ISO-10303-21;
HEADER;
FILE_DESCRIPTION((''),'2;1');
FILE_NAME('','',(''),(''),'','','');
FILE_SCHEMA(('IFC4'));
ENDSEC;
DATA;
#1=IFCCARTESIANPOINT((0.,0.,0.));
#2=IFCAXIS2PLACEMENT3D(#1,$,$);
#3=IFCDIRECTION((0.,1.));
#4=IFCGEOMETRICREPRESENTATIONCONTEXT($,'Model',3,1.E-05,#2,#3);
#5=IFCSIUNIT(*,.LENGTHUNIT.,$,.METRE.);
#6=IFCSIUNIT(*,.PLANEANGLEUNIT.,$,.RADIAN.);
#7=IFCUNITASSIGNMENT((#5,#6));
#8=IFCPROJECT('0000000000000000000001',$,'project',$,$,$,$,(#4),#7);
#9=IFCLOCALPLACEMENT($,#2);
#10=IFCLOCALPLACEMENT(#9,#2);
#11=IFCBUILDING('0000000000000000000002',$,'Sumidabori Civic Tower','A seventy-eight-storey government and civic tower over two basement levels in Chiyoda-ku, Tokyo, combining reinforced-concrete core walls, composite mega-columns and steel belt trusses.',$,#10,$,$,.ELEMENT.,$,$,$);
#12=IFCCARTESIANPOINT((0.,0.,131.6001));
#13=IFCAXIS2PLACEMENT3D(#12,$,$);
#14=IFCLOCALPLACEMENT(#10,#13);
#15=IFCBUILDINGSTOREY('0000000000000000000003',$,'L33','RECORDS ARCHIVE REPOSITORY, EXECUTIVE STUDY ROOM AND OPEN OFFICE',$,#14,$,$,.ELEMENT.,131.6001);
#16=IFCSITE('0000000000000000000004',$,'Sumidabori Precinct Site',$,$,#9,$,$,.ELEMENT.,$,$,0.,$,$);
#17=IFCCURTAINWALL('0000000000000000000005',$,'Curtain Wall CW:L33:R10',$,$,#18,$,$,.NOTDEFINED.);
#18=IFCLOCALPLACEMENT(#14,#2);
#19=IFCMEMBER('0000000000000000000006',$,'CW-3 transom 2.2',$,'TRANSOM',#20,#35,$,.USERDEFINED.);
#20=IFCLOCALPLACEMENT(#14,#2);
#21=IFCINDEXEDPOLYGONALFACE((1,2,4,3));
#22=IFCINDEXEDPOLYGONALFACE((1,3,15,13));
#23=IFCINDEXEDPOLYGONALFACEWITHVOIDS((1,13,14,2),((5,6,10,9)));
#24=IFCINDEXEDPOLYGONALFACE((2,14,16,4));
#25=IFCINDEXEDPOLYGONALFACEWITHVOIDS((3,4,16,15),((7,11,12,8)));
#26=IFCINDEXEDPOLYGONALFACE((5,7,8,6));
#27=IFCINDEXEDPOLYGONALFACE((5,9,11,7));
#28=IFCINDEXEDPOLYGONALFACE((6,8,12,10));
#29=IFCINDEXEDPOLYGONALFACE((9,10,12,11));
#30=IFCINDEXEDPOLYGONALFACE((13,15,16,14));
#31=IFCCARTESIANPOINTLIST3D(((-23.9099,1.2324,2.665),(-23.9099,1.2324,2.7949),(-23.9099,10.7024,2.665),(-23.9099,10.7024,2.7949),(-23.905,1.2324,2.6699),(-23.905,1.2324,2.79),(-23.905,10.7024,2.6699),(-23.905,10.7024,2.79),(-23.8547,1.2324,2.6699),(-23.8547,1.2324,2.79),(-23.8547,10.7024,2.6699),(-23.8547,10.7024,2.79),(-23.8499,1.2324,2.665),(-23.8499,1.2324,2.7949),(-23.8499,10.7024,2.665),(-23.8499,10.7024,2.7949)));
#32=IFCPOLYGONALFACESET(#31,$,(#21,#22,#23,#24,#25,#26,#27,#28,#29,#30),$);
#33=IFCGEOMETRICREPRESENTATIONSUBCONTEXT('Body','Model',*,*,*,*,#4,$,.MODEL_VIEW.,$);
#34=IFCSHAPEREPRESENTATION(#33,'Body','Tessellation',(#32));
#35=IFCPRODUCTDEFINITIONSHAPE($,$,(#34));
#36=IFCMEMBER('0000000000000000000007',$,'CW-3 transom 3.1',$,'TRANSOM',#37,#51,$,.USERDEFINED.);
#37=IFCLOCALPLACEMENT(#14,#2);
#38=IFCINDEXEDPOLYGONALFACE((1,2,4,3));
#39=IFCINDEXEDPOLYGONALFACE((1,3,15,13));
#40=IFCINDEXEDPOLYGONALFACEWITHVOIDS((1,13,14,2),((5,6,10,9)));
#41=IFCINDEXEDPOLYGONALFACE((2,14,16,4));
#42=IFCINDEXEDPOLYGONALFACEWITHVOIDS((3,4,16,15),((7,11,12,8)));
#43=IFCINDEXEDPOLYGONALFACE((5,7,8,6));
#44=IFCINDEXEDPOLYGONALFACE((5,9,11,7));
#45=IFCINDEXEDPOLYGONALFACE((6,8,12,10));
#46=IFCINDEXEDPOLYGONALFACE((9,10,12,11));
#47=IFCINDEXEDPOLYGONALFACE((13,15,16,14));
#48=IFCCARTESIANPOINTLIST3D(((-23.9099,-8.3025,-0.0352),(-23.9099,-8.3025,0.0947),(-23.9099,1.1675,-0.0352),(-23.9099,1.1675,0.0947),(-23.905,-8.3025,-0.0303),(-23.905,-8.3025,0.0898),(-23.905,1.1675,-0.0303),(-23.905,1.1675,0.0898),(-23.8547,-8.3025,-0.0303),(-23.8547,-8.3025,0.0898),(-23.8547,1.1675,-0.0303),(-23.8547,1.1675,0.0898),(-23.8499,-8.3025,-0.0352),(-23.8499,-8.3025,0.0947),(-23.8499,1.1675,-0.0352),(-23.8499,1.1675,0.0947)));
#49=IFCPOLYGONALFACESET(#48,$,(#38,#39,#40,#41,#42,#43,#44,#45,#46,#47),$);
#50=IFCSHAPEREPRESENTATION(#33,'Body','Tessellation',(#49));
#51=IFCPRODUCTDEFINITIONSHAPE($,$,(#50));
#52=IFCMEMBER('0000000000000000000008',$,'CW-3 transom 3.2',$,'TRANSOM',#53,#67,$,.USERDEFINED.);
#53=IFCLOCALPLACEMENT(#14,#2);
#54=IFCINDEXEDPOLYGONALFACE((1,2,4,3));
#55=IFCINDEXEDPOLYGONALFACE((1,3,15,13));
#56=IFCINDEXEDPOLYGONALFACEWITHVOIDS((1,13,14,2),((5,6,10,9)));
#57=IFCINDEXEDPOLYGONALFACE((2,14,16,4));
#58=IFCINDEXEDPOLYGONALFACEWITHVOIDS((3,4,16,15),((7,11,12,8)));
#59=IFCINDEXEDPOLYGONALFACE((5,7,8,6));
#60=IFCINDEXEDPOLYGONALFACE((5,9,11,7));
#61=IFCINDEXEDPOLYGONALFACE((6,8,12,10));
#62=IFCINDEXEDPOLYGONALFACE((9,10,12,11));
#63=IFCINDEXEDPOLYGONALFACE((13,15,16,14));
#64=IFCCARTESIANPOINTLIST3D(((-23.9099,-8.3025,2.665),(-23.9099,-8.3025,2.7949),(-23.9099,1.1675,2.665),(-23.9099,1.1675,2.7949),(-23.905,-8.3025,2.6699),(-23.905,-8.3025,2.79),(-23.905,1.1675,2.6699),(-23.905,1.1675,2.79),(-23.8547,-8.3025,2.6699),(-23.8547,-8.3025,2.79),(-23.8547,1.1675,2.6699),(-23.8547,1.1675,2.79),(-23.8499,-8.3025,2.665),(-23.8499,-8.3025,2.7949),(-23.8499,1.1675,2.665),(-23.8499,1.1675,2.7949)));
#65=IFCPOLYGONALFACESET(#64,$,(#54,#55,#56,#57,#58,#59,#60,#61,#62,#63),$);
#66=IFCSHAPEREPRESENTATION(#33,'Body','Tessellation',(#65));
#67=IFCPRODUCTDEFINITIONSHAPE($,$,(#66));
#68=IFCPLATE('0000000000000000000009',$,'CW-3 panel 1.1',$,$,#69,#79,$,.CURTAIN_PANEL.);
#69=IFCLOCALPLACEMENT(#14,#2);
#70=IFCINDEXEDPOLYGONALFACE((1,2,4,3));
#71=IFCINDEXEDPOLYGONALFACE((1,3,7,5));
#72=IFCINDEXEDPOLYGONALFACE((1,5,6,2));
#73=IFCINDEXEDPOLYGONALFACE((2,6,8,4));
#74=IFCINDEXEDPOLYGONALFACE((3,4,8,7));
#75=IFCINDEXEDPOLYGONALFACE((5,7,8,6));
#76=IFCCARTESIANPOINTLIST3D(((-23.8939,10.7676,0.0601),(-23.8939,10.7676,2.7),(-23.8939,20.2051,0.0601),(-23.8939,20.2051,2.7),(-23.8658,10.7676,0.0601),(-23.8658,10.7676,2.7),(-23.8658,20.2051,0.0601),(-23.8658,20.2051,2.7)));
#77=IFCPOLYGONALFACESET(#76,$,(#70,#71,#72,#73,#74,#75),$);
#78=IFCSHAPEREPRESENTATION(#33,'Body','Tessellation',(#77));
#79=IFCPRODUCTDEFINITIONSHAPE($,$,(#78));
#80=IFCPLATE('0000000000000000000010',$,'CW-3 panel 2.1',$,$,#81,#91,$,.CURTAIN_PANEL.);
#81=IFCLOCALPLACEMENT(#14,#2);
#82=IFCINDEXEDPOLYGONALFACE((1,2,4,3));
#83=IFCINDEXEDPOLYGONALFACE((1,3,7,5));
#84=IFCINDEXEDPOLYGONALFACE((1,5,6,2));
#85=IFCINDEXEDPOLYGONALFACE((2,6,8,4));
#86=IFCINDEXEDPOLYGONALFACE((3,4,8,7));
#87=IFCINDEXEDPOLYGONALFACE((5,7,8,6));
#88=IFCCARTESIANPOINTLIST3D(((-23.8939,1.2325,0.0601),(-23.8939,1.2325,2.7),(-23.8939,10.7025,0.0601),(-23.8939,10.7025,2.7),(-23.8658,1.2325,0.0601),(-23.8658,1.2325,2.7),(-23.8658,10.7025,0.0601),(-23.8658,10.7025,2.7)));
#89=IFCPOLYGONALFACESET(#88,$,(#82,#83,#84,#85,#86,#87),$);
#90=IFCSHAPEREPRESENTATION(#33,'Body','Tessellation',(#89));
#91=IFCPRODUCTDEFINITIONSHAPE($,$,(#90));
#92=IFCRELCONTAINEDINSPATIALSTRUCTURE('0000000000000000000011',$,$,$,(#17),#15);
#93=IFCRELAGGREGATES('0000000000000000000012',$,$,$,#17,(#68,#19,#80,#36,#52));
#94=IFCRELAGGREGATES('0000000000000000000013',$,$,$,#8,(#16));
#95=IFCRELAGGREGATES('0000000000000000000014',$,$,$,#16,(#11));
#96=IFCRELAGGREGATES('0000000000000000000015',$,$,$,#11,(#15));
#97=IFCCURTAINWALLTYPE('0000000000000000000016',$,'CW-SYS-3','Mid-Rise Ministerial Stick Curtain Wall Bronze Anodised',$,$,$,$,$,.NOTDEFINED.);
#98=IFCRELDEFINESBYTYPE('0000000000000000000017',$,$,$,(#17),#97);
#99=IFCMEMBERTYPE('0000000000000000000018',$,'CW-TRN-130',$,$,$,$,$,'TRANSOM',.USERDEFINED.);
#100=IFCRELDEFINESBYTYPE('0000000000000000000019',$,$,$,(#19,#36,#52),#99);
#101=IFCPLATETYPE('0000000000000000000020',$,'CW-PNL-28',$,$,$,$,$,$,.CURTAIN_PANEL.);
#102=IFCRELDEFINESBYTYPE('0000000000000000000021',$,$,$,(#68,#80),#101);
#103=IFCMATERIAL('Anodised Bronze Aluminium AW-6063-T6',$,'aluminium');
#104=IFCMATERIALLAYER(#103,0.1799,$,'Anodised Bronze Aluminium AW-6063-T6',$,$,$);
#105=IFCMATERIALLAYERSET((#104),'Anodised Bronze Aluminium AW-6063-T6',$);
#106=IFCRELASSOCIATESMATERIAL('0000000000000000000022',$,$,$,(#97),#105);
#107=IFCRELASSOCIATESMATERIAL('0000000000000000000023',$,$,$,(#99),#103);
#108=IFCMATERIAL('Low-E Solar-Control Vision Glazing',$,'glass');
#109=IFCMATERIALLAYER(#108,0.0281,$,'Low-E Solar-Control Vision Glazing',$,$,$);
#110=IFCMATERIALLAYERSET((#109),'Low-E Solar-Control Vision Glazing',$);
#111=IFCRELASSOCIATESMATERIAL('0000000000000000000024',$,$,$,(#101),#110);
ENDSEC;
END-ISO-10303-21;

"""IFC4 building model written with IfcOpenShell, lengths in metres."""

from ifc_helpers import new_model, si_unit, direction, frame, origin, origin_2d, place, context, subcontext, project, spatial, rectangle, hollow_rectangle, extrude, source, transform, mapped, material, layer, layer_set, material_profile, profile_set, type_object, element, aggregate, save


model = new_model("IFC4")

# Units and contexts
model_context = context("Model", 3, precision=1e-05, world=origin(), true_north=direction((0.0, 1.0)))
body_context = subcontext(model_context, "Body", "Model", "MODEL_VIEW")
ifc_project = project(units=[si_unit("LENGTHUNIT", "METRE"), si_unit("PLANEANGLEUNIT", "RADIAN")], contexts=[model_context])

# Site, building, storey
site_placement = place(None, origin())
site = spatial("IfcSite", under=ifc_project, at=site_placement, Name="Sumidabori Precinct Site", CompositionType="ELEMENT", RefElevation=0.0)
building_placement = place(site_placement, origin())
building = spatial("IfcBuilding", under=site, at=building_placement, Name="Sumidabori Civic Tower", Description="A seventy-eight-storey government and civic tower over two basement levels in Chiyoda-ku, Tokyo, combining reinforced-concrete core walls, composite mega-columns and steel belt trusses.", CompositionType="ELEMENT")
storey_placement = place(building_placement, frame((0.0, 0.0, 131.6001)))
storey = spatial("IfcBuildingStorey", under=building, at=storey_placement, Name="L33", Description="RECORDS ARCHIVE REPOSITORY, EXECUTIVE STUDY ROOM AND OPEN OFFICE", CompositionType="ELEMENT", Elevation=131.6001)

# Curtain wall, members, plates
ifc_material_1 = material(Name="Anodised Bronze Aluminium AW-6063-T6", Category="aluminium")
ifc_layer_1 = layer(ifc_material_1, 0.1799, Name="Anodised Bronze Aluminium AW-6063-T6")
ifc_layer_set_1 = layer_set([ifc_layer_1], Name="Anodised Bronze Aluminium AW-6063-T6")
curtain_wall_type = type_object("IfcCurtainWallType", Name="CW-SYS-3", Description="Mid-Rise Ministerial Stick Curtain Wall Bronze Anodised", PredefinedType="NOTDEFINED", material=ifc_layer_set_1)
curtain_wall_placement = place(storey_placement, origin())
curtain_wall = element("IfcCurtainWall", 1, at=curtain_wall_placement, inside=storey, type_object=curtain_wall_type, Name="Curtain Wall CW:L33:R10", PredefinedType="NOTDEFINED")
ifc_material_profile_1 = material_profile(ifc_material_1, hollow_rectangle(XDim=0.0601, YDim=0.1299, WallThickness=0.0049, at=origin_2d()), Name="ALU TRANSOM 130x60")
ifc_profile_set_1 = profile_set([ifc_material_profile_1], Name="Anodised Bronze Aluminium AW-6063-T6")
member_type_1 = type_object("IfcMemberType", Name="CW-TRN-130", ElementType="TRANSOM", PredefinedType="USERDEFINED", material=ifc_profile_set_1)
shared_shape_1 = source(origin(), body_context, "Body", "SweptSolid", [
    extrude(hollow_rectangle(XDim=0.0601, YDim=0.1299, WallThickness=0.0049, at=origin_2d()), origin(), (0.0, 0.0, 1.0), 9.47),
])
member_1_placement = place(storey_placement, frame((-23.8799, 10.7024, 2.73), z_axis=(0.0, -1.0, 0.0), x_axis=(1.0, 0.0, 0.0)))
member_1 = element("IfcMember", 2, at=member_1_placement, type_object=member_type_1, Name="CW-3 transom 2.2", ObjectType="TRANSOM", PredefinedType="USERDEFINED", context=body_context, shape_type="MappedRepresentation", body=[
    mapped(shared_shape_1, transform((0.0, 0.0, 0.0), x_axis=(1.0, 0.0, 0.0), y_axis=(0.0, 1.0, 0.0), z_axis=(0.0, 0.0, 1.0), scale=1.0)),
])
member_2_placement = place(storey_placement, frame((-23.8799, 1.1675, 0.0298), z_axis=(0.0, -1.0, 0.0), x_axis=(1.0, 0.0, 0.0)))
member_2 = element("IfcMember", 3, at=member_2_placement, type_object=member_type_1, Name="CW-3 transom 3.1", ObjectType="TRANSOM", PredefinedType="USERDEFINED", context=body_context, shape_type="MappedRepresentation", body=[
    mapped(shared_shape_1, transform((0.0, 0.0, 0.0), x_axis=(1.0, 0.0, 0.0), y_axis=(0.0, 1.0, 0.0), z_axis=(0.0, 0.0, 1.0), scale=1.0)),
])
member_3_placement = place(storey_placement, frame((-23.8799, 1.1675, 2.73), z_axis=(0.0, -1.0, 0.0), x_axis=(1.0, 0.0, 0.0)))
member_3 = element("IfcMember", 4, at=member_3_placement, type_object=member_type_1, Name="CW-3 transom 3.2", ObjectType="TRANSOM", PredefinedType="USERDEFINED", context=body_context, shape_type="MappedRepresentation", body=[
    mapped(shared_shape_1, transform((0.0, 0.0, 0.0), x_axis=(1.0, 0.0, 0.0), y_axis=(0.0, 1.0, 0.0), z_axis=(0.0, 0.0, 1.0), scale=1.0)),
])
ifc_material_2 = material(Name="Low-E Solar-Control Vision Glazing", Category="glass")
ifc_layer_2 = layer(ifc_material_2, 0.0281, Name="Low-E Solar-Control Vision Glazing")
ifc_layer_set_2 = layer_set([ifc_layer_2], Name="Low-E Solar-Control Vision Glazing")
plate_type = type_object("IfcPlateType", Name="CW-PNL-28", PredefinedType="CURTAIN_PANEL", material=ifc_layer_set_2)
shared_shape_2 = source(origin(), body_context, "Body", "SweptSolid", [
    extrude(rectangle(XDim=9.4375, YDim=0.0281, at=origin_2d()), origin(), (0.0, 0.0, 1.0), 2.6399),
])
plate_1_placement = place(storey_placement, frame((-23.8799, 15.4863, 0.0601), z_axis=(0.0, 0.0, 1.0), x_axis=(0.0, -1.0, 0.0)))
plate_1 = element("IfcPlate", 5, at=plate_1_placement, type_object=plate_type, Name="CW-3 panel 1.1", PredefinedType="CURTAIN_PANEL", context=body_context, shape_type="MappedRepresentation", body=[
    mapped(shared_shape_2, transform((0.0, 0.0, 0.0), x_axis=(1.0, 0.0, 0.0), y_axis=(0.0, 1.0, 0.0), z_axis=(0.0, 0.0, 1.0), scale=1.0)),
])
shared_shape_3 = source(origin(), body_context, "Body", "SweptSolid", [
    extrude(rectangle(XDim=9.47, YDim=0.0281, at=origin_2d()), origin(), (0.0, 0.0, 1.0), 2.6399),
])
plate_2_placement = place(storey_placement, frame((-23.8799, 5.9675, 0.0601), z_axis=(0.0, 0.0, 1.0), x_axis=(0.0, -1.0, 0.0)))
plate_2 = element("IfcPlate", 6, at=plate_2_placement, type_object=plate_type, Name="CW-3 panel 2.1", PredefinedType="CURTAIN_PANEL", context=body_context, shape_type="MappedRepresentation", body=[
    mapped(shared_shape_3, transform((0.0, 0.0, 0.0), x_axis=(1.0, 0.0, 0.0), y_axis=(0.0, 1.0, 0.0), z_axis=(0.0, 0.0, 1.0), scale=1.0)),
])
aggregate(curtain_wall, [plate_1, member_1, plate_2, member_2, member_3])

save(model, "model.ifc")
